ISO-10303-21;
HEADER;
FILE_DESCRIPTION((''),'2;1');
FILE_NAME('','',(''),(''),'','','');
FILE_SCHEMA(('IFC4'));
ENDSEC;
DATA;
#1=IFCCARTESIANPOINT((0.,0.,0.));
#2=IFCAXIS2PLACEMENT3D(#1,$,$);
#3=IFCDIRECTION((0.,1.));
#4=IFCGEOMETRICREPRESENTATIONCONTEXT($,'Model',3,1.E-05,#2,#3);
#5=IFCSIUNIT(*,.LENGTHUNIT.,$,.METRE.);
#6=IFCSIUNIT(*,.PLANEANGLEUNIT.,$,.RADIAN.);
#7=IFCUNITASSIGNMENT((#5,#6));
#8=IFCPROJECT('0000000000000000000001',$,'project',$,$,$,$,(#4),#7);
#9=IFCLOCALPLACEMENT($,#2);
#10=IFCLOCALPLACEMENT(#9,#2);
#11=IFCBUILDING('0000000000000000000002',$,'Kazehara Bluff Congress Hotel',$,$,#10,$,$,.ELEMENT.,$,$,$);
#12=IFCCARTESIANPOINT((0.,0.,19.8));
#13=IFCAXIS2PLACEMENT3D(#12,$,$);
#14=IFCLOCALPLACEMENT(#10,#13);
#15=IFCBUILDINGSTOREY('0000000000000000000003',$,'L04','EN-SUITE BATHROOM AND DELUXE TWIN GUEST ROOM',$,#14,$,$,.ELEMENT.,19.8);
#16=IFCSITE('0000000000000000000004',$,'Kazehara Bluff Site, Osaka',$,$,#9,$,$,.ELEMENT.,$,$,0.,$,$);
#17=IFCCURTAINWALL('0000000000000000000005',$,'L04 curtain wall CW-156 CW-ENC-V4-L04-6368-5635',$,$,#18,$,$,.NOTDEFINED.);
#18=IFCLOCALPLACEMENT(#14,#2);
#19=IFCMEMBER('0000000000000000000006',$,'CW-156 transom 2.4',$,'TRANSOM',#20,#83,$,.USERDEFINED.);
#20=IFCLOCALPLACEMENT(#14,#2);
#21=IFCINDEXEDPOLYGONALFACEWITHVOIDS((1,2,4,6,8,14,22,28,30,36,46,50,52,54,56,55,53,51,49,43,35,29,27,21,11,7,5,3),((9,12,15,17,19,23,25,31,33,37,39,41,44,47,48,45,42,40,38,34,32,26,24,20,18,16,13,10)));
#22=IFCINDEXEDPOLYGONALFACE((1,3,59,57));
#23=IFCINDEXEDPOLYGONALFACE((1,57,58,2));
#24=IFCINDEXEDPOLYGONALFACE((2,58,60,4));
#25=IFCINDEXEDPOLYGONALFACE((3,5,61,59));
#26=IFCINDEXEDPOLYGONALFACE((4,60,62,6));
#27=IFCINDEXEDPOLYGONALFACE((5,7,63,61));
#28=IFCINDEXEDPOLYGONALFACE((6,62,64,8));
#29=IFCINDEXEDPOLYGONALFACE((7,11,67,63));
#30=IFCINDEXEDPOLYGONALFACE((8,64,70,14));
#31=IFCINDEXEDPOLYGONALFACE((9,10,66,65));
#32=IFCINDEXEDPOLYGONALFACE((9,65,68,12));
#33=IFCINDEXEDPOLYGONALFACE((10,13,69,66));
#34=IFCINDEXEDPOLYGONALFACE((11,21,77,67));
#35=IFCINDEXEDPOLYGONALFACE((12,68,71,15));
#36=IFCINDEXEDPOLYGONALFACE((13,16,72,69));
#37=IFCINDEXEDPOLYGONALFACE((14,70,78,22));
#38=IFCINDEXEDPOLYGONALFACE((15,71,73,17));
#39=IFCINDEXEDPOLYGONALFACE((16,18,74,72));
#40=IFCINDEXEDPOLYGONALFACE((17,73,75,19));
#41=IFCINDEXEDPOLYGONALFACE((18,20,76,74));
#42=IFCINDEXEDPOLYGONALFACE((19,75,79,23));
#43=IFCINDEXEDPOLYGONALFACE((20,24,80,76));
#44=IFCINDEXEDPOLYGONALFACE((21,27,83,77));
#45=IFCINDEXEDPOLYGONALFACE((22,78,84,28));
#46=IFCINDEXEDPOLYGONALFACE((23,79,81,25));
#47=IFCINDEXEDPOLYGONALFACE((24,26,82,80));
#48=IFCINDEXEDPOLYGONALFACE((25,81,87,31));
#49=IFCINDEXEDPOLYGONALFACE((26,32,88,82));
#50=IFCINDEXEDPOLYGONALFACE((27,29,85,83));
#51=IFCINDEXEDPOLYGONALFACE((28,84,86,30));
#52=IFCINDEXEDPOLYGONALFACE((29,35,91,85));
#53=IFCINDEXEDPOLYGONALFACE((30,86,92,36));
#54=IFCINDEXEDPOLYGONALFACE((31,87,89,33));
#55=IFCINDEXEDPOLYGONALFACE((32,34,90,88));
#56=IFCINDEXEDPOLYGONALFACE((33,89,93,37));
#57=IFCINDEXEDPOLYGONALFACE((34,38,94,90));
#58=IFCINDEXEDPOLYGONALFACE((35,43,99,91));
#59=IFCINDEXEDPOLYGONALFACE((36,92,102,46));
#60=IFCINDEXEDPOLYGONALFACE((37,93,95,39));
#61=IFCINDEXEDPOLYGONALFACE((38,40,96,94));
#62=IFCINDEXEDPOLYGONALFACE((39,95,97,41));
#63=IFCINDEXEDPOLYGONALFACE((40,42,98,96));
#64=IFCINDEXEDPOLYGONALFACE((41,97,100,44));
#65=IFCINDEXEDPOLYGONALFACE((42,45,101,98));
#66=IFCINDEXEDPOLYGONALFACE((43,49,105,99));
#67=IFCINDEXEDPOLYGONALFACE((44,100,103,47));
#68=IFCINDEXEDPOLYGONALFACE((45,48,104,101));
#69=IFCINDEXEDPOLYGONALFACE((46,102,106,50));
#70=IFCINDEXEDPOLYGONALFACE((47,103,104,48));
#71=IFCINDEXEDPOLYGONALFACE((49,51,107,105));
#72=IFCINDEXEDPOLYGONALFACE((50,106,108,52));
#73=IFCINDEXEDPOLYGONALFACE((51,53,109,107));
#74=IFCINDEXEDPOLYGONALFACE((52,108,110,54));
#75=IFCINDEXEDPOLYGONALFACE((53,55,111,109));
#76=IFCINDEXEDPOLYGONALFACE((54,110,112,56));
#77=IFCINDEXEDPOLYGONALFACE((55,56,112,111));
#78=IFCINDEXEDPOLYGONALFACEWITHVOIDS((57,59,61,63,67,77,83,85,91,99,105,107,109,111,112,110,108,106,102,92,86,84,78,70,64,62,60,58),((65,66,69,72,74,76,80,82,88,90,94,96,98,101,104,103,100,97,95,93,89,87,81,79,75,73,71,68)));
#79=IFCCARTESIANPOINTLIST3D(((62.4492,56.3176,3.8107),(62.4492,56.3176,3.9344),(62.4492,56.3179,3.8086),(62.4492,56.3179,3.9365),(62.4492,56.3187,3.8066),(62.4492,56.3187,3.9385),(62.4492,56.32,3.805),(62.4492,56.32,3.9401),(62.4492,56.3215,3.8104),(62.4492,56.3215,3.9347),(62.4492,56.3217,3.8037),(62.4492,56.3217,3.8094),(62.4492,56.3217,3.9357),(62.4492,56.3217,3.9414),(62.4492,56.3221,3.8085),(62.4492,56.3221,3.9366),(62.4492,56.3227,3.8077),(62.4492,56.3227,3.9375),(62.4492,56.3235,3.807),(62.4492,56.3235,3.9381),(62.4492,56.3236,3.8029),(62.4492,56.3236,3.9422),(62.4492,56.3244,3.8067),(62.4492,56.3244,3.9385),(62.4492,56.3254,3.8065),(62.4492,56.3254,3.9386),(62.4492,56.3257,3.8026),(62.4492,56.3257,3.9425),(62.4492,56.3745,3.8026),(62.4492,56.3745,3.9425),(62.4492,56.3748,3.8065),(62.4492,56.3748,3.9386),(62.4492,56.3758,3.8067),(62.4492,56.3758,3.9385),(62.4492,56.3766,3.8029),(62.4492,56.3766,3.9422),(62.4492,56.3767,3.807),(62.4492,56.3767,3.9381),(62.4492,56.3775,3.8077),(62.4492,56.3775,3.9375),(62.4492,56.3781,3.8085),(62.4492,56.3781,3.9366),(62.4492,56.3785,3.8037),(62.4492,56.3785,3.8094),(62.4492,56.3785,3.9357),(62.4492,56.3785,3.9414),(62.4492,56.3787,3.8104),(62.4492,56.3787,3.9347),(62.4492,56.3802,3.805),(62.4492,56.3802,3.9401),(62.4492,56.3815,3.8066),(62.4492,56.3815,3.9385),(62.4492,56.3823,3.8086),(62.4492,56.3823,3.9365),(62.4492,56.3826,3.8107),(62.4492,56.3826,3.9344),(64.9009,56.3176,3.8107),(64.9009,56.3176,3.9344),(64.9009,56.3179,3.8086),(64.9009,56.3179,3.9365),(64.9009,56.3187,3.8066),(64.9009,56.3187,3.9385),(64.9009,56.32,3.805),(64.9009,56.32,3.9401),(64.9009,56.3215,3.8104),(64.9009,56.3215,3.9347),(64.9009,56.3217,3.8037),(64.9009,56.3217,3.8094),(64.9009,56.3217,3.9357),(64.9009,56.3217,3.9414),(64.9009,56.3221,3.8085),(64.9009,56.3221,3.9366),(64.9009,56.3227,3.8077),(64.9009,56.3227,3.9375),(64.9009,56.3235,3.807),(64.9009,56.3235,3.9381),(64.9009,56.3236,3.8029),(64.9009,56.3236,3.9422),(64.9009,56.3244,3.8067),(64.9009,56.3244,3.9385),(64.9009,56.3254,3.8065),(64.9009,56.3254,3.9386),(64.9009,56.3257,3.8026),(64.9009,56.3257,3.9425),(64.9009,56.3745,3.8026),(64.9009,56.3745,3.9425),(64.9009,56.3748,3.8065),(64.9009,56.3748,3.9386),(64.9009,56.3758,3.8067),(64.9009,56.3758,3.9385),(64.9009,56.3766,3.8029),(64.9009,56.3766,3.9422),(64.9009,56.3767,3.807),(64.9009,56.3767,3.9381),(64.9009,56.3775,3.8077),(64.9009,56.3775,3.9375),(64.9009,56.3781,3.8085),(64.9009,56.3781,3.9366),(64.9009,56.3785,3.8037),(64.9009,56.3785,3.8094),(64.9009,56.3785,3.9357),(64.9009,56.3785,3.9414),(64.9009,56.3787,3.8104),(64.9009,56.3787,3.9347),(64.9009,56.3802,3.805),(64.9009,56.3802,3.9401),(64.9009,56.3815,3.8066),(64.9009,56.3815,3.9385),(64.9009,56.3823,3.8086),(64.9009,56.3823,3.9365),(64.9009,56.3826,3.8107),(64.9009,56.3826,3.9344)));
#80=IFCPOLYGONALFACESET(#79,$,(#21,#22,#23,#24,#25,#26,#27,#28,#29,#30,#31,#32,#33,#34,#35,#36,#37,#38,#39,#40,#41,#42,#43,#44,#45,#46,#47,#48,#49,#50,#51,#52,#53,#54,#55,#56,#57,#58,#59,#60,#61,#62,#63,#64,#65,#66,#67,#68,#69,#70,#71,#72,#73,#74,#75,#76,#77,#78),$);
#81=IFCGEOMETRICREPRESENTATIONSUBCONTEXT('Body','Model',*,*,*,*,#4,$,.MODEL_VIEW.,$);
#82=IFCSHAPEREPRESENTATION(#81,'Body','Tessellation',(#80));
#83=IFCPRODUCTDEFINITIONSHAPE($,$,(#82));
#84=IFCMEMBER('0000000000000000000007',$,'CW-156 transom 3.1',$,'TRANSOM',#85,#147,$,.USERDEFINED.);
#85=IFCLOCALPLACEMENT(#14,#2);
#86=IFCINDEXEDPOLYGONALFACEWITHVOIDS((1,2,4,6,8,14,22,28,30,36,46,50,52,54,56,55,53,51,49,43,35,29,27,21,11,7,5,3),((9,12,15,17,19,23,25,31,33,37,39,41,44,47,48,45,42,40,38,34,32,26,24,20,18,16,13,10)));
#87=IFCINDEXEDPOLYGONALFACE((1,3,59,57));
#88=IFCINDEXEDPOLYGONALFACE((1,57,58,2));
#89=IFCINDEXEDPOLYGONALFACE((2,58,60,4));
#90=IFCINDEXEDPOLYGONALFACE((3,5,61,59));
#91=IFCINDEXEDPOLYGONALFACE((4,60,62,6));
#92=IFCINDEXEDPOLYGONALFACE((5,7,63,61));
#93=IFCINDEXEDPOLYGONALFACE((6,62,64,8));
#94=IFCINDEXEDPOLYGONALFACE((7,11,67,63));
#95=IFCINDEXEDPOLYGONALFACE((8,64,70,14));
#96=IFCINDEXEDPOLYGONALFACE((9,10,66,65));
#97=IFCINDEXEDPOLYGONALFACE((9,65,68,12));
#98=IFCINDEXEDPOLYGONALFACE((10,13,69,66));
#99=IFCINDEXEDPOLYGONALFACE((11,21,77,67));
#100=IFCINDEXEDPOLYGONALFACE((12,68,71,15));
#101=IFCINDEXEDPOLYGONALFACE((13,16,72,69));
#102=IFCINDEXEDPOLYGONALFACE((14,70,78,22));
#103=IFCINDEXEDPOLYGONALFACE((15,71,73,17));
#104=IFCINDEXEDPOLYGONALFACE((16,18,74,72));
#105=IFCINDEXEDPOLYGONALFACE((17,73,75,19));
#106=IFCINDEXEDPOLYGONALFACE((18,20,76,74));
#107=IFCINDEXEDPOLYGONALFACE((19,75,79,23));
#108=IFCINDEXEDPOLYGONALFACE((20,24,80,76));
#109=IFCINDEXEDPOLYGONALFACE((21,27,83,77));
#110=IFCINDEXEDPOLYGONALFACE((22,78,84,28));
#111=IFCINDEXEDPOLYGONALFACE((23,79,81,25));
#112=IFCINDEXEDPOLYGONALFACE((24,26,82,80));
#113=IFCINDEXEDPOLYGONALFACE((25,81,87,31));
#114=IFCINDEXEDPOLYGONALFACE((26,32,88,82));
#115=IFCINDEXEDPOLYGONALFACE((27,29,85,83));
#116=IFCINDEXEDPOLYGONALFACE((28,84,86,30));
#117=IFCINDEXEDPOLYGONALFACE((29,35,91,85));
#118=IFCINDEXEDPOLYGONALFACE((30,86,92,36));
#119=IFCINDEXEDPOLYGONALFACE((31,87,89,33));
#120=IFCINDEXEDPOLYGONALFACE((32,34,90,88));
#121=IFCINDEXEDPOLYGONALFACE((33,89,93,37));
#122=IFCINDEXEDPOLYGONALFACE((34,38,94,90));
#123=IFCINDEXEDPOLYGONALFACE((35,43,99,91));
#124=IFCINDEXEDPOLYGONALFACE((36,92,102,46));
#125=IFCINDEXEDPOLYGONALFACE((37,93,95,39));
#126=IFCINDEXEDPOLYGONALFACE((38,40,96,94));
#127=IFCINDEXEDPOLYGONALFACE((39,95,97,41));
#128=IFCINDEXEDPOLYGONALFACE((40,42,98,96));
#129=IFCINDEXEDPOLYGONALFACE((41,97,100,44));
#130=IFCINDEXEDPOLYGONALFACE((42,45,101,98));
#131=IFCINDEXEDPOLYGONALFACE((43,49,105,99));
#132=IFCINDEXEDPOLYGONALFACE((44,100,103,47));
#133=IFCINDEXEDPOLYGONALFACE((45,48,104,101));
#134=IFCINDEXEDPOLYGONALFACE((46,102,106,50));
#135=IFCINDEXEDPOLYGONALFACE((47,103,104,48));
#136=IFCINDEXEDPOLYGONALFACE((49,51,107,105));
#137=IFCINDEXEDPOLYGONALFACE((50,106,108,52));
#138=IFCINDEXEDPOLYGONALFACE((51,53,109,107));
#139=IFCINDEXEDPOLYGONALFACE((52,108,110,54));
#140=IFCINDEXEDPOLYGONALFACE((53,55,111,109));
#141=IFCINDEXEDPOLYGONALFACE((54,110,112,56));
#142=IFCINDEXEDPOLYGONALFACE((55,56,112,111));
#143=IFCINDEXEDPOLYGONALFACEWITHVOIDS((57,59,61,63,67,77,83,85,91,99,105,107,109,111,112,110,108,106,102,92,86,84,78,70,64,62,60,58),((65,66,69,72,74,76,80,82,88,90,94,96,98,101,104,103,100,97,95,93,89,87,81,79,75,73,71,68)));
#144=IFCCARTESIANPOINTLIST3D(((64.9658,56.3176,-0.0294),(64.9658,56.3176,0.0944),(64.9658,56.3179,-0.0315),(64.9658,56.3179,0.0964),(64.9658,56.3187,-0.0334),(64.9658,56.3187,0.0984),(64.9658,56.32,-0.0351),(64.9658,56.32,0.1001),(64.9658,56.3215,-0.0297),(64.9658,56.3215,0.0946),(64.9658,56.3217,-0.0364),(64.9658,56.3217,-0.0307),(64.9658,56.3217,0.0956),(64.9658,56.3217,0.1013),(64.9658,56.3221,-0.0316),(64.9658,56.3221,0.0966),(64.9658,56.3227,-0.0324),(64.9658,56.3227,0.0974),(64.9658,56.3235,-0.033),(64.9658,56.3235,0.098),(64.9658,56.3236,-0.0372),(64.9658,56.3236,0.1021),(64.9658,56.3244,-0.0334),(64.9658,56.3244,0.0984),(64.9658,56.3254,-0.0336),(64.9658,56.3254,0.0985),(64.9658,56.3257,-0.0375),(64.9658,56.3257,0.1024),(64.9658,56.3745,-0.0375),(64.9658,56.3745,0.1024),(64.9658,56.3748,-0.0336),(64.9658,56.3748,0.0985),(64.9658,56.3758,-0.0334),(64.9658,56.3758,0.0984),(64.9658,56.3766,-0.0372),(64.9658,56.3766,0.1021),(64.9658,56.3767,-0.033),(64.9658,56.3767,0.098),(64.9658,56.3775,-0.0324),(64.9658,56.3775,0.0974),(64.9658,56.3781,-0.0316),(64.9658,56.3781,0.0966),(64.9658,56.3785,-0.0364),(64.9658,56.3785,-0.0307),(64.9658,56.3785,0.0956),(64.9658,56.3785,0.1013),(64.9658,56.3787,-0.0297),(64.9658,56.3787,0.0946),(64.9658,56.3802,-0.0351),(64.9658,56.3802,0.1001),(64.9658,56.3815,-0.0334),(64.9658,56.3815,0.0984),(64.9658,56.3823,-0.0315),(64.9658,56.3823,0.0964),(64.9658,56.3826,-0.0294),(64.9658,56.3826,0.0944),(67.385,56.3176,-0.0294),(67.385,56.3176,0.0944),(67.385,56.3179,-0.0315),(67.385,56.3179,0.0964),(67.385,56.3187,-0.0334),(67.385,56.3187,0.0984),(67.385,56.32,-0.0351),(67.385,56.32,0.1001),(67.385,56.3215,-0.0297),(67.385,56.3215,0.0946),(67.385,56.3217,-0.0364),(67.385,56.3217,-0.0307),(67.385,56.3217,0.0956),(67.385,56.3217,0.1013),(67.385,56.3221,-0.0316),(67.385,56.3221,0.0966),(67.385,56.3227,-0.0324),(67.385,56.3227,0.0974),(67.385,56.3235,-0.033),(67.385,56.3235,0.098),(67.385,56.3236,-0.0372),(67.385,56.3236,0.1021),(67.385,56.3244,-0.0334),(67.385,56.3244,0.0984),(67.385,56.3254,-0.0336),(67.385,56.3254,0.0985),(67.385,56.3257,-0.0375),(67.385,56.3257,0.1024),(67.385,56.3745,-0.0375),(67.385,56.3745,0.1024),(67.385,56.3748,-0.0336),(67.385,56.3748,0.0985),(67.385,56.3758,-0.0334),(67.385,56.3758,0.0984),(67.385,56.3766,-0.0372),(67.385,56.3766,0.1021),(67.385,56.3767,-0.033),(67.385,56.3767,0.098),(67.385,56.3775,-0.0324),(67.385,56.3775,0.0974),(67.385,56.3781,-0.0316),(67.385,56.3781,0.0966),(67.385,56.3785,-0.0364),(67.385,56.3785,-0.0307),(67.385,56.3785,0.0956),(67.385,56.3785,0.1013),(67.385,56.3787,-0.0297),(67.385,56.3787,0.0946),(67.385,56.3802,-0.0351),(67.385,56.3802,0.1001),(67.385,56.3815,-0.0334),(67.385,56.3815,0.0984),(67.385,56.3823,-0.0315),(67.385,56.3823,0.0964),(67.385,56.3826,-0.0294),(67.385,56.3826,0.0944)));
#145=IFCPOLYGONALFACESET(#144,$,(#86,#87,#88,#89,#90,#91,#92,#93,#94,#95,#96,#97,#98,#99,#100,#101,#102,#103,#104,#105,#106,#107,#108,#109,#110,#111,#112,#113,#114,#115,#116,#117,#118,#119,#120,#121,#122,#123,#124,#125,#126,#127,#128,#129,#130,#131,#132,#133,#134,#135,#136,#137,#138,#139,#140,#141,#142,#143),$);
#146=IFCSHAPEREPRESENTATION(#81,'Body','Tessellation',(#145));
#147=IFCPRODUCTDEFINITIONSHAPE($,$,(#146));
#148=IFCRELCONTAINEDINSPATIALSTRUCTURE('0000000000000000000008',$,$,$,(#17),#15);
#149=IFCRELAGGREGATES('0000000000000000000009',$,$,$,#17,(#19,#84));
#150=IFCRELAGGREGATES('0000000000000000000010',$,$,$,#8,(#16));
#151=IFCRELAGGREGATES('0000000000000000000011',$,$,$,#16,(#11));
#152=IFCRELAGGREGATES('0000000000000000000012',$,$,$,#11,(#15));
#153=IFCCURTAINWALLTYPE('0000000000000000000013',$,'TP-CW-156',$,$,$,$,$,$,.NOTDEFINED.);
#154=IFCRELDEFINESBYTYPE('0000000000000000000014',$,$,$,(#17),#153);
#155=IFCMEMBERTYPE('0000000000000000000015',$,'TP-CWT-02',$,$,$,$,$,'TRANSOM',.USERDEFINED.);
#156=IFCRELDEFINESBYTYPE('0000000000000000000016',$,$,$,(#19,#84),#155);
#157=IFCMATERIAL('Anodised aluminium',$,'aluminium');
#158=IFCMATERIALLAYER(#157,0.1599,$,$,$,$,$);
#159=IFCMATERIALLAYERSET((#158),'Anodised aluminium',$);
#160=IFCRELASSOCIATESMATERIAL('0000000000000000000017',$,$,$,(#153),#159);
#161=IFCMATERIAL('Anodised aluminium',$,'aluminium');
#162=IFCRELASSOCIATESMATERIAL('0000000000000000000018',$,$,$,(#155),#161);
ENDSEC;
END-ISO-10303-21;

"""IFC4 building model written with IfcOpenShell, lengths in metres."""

from ifc_helpers import new_model, si_unit, direction, frame, origin, origin_2d, place, context, subcontext, project, spatial, hollow_rectangle, extrude, material, layer, layer_set, material_profile, profile_set, type_object, element, aggregate, save


model = new_model("IFC4")

# Units and contexts
model_context = context("Model", 3, precision=1e-05, world=origin(), true_north=direction((0.0, 1.0)))
body_context = subcontext(model_context, "Body", "Model", "MODEL_VIEW")
ifc_project = project(units=[si_unit("LENGTHUNIT", "METRE"), si_unit("PLANEANGLEUNIT", "RADIAN")], contexts=[model_context])

# Site, building, storey
site_placement = place(None, origin())
site = spatial("IfcSite", under=ifc_project, at=site_placement, Name="Kazehara Bluff Site, Osaka", CompositionType="ELEMENT", RefElevation=0.0)
building_placement = place(site_placement, origin())
building = spatial("IfcBuilding", under=site, at=building_placement, Name="Kazehara Bluff Congress Hotel", CompositionType="ELEMENT")
storey_placement = place(building_placement, frame((0.0, 0.0, 19.8)))
storey = spatial("IfcBuildingStorey", under=building, at=storey_placement, Name="L04", Description="EN-SUITE BATHROOM AND DELUXE TWIN GUEST ROOM", CompositionType="ELEMENT", Elevation=19.8)

# Curtain wall, members
ifc_material_1 = material(Name="Anodised aluminium", Category="aluminium")
ifc_layer_1 = layer(ifc_material_1, 0.1599)
ifc_layer_set_1 = layer_set([ifc_layer_1], Name="Anodised aluminium")
curtain_wall_type = type_object("IfcCurtainWallType", Name="TP-CW-156", PredefinedType="NOTDEFINED", material=ifc_layer_set_1)
curtain_wall_placement = place(storey_placement, origin())
curtain_wall = element("IfcCurtainWall", 1, at=curtain_wall_placement, inside=storey, type_object=curtain_wall_type, Name="L04 curtain wall CW-156 CW-ENC-V4-L04-6368-5635", PredefinedType="NOTDEFINED")
ifc_material_2 = material(Name="Anodised aluminium", Category="aluminium")
ifc_material_profile_1 = material_profile(ifc_material_2, hollow_rectangle(XDim=0.0649, YDim=0.1399, WallThickness=0.0039, InnerFilletRadius=0.0039, OuterFilletRadius=0.0081, at=origin_2d()))
ifc_profile_set_1 = profile_set([ifc_material_profile_1], Name="Anodised aluminium")
member_type_1 = type_object("IfcMemberType", Name="TP-CWT-02", ElementType="TRANSOM", PredefinedType="USERDEFINED", material=ifc_profile_set_1)
member_1_placement = place(storey_placement, frame((62.4492, 56.3501, 3.8726), z_axis=(1.0, 0.0, 0.0), x_axis=(0.0, 1.0, 0.0)))
member_1 = element("IfcMember", 2, at=member_1_placement, type_object=member_type_1, Name="CW-156 transom 2.4", ObjectType="TRANSOM", PredefinedType="USERDEFINED", context=body_context, shape_type="SweptSolid", body=[
    extrude(hollow_rectangle(XDim=0.0649, YDim=0.1399, WallThickness=0.0039, InnerFilletRadius=0.0039, OuterFilletRadius=0.0081, at=origin_2d()), origin(), (0.0, 0.0, 1.0), 2.4517),
])
member_2_placement = place(storey_placement, frame((64.9658, 56.3501, 0.0325), z_axis=(1.0, 0.0, 0.0), x_axis=(0.0, 1.0, 0.0)))
member_2 = element("IfcMember", 3, at=member_2_placement, type_object=member_type_1, Name="CW-156 transom 3.1", ObjectType="TRANSOM", PredefinedType="USERDEFINED", context=body_context, shape_type="SweptSolid", body=[
    extrude(hollow_rectangle(XDim=0.0649, YDim=0.1399, WallThickness=0.0039, InnerFilletRadius=0.0039, OuterFilletRadius=0.0081, at=origin_2d()), origin(), (0.0, 0.0, 1.0), 2.4192),
])

aggregate(curtain_wall, [member_1, member_2])

save(model, "model.ifc")
